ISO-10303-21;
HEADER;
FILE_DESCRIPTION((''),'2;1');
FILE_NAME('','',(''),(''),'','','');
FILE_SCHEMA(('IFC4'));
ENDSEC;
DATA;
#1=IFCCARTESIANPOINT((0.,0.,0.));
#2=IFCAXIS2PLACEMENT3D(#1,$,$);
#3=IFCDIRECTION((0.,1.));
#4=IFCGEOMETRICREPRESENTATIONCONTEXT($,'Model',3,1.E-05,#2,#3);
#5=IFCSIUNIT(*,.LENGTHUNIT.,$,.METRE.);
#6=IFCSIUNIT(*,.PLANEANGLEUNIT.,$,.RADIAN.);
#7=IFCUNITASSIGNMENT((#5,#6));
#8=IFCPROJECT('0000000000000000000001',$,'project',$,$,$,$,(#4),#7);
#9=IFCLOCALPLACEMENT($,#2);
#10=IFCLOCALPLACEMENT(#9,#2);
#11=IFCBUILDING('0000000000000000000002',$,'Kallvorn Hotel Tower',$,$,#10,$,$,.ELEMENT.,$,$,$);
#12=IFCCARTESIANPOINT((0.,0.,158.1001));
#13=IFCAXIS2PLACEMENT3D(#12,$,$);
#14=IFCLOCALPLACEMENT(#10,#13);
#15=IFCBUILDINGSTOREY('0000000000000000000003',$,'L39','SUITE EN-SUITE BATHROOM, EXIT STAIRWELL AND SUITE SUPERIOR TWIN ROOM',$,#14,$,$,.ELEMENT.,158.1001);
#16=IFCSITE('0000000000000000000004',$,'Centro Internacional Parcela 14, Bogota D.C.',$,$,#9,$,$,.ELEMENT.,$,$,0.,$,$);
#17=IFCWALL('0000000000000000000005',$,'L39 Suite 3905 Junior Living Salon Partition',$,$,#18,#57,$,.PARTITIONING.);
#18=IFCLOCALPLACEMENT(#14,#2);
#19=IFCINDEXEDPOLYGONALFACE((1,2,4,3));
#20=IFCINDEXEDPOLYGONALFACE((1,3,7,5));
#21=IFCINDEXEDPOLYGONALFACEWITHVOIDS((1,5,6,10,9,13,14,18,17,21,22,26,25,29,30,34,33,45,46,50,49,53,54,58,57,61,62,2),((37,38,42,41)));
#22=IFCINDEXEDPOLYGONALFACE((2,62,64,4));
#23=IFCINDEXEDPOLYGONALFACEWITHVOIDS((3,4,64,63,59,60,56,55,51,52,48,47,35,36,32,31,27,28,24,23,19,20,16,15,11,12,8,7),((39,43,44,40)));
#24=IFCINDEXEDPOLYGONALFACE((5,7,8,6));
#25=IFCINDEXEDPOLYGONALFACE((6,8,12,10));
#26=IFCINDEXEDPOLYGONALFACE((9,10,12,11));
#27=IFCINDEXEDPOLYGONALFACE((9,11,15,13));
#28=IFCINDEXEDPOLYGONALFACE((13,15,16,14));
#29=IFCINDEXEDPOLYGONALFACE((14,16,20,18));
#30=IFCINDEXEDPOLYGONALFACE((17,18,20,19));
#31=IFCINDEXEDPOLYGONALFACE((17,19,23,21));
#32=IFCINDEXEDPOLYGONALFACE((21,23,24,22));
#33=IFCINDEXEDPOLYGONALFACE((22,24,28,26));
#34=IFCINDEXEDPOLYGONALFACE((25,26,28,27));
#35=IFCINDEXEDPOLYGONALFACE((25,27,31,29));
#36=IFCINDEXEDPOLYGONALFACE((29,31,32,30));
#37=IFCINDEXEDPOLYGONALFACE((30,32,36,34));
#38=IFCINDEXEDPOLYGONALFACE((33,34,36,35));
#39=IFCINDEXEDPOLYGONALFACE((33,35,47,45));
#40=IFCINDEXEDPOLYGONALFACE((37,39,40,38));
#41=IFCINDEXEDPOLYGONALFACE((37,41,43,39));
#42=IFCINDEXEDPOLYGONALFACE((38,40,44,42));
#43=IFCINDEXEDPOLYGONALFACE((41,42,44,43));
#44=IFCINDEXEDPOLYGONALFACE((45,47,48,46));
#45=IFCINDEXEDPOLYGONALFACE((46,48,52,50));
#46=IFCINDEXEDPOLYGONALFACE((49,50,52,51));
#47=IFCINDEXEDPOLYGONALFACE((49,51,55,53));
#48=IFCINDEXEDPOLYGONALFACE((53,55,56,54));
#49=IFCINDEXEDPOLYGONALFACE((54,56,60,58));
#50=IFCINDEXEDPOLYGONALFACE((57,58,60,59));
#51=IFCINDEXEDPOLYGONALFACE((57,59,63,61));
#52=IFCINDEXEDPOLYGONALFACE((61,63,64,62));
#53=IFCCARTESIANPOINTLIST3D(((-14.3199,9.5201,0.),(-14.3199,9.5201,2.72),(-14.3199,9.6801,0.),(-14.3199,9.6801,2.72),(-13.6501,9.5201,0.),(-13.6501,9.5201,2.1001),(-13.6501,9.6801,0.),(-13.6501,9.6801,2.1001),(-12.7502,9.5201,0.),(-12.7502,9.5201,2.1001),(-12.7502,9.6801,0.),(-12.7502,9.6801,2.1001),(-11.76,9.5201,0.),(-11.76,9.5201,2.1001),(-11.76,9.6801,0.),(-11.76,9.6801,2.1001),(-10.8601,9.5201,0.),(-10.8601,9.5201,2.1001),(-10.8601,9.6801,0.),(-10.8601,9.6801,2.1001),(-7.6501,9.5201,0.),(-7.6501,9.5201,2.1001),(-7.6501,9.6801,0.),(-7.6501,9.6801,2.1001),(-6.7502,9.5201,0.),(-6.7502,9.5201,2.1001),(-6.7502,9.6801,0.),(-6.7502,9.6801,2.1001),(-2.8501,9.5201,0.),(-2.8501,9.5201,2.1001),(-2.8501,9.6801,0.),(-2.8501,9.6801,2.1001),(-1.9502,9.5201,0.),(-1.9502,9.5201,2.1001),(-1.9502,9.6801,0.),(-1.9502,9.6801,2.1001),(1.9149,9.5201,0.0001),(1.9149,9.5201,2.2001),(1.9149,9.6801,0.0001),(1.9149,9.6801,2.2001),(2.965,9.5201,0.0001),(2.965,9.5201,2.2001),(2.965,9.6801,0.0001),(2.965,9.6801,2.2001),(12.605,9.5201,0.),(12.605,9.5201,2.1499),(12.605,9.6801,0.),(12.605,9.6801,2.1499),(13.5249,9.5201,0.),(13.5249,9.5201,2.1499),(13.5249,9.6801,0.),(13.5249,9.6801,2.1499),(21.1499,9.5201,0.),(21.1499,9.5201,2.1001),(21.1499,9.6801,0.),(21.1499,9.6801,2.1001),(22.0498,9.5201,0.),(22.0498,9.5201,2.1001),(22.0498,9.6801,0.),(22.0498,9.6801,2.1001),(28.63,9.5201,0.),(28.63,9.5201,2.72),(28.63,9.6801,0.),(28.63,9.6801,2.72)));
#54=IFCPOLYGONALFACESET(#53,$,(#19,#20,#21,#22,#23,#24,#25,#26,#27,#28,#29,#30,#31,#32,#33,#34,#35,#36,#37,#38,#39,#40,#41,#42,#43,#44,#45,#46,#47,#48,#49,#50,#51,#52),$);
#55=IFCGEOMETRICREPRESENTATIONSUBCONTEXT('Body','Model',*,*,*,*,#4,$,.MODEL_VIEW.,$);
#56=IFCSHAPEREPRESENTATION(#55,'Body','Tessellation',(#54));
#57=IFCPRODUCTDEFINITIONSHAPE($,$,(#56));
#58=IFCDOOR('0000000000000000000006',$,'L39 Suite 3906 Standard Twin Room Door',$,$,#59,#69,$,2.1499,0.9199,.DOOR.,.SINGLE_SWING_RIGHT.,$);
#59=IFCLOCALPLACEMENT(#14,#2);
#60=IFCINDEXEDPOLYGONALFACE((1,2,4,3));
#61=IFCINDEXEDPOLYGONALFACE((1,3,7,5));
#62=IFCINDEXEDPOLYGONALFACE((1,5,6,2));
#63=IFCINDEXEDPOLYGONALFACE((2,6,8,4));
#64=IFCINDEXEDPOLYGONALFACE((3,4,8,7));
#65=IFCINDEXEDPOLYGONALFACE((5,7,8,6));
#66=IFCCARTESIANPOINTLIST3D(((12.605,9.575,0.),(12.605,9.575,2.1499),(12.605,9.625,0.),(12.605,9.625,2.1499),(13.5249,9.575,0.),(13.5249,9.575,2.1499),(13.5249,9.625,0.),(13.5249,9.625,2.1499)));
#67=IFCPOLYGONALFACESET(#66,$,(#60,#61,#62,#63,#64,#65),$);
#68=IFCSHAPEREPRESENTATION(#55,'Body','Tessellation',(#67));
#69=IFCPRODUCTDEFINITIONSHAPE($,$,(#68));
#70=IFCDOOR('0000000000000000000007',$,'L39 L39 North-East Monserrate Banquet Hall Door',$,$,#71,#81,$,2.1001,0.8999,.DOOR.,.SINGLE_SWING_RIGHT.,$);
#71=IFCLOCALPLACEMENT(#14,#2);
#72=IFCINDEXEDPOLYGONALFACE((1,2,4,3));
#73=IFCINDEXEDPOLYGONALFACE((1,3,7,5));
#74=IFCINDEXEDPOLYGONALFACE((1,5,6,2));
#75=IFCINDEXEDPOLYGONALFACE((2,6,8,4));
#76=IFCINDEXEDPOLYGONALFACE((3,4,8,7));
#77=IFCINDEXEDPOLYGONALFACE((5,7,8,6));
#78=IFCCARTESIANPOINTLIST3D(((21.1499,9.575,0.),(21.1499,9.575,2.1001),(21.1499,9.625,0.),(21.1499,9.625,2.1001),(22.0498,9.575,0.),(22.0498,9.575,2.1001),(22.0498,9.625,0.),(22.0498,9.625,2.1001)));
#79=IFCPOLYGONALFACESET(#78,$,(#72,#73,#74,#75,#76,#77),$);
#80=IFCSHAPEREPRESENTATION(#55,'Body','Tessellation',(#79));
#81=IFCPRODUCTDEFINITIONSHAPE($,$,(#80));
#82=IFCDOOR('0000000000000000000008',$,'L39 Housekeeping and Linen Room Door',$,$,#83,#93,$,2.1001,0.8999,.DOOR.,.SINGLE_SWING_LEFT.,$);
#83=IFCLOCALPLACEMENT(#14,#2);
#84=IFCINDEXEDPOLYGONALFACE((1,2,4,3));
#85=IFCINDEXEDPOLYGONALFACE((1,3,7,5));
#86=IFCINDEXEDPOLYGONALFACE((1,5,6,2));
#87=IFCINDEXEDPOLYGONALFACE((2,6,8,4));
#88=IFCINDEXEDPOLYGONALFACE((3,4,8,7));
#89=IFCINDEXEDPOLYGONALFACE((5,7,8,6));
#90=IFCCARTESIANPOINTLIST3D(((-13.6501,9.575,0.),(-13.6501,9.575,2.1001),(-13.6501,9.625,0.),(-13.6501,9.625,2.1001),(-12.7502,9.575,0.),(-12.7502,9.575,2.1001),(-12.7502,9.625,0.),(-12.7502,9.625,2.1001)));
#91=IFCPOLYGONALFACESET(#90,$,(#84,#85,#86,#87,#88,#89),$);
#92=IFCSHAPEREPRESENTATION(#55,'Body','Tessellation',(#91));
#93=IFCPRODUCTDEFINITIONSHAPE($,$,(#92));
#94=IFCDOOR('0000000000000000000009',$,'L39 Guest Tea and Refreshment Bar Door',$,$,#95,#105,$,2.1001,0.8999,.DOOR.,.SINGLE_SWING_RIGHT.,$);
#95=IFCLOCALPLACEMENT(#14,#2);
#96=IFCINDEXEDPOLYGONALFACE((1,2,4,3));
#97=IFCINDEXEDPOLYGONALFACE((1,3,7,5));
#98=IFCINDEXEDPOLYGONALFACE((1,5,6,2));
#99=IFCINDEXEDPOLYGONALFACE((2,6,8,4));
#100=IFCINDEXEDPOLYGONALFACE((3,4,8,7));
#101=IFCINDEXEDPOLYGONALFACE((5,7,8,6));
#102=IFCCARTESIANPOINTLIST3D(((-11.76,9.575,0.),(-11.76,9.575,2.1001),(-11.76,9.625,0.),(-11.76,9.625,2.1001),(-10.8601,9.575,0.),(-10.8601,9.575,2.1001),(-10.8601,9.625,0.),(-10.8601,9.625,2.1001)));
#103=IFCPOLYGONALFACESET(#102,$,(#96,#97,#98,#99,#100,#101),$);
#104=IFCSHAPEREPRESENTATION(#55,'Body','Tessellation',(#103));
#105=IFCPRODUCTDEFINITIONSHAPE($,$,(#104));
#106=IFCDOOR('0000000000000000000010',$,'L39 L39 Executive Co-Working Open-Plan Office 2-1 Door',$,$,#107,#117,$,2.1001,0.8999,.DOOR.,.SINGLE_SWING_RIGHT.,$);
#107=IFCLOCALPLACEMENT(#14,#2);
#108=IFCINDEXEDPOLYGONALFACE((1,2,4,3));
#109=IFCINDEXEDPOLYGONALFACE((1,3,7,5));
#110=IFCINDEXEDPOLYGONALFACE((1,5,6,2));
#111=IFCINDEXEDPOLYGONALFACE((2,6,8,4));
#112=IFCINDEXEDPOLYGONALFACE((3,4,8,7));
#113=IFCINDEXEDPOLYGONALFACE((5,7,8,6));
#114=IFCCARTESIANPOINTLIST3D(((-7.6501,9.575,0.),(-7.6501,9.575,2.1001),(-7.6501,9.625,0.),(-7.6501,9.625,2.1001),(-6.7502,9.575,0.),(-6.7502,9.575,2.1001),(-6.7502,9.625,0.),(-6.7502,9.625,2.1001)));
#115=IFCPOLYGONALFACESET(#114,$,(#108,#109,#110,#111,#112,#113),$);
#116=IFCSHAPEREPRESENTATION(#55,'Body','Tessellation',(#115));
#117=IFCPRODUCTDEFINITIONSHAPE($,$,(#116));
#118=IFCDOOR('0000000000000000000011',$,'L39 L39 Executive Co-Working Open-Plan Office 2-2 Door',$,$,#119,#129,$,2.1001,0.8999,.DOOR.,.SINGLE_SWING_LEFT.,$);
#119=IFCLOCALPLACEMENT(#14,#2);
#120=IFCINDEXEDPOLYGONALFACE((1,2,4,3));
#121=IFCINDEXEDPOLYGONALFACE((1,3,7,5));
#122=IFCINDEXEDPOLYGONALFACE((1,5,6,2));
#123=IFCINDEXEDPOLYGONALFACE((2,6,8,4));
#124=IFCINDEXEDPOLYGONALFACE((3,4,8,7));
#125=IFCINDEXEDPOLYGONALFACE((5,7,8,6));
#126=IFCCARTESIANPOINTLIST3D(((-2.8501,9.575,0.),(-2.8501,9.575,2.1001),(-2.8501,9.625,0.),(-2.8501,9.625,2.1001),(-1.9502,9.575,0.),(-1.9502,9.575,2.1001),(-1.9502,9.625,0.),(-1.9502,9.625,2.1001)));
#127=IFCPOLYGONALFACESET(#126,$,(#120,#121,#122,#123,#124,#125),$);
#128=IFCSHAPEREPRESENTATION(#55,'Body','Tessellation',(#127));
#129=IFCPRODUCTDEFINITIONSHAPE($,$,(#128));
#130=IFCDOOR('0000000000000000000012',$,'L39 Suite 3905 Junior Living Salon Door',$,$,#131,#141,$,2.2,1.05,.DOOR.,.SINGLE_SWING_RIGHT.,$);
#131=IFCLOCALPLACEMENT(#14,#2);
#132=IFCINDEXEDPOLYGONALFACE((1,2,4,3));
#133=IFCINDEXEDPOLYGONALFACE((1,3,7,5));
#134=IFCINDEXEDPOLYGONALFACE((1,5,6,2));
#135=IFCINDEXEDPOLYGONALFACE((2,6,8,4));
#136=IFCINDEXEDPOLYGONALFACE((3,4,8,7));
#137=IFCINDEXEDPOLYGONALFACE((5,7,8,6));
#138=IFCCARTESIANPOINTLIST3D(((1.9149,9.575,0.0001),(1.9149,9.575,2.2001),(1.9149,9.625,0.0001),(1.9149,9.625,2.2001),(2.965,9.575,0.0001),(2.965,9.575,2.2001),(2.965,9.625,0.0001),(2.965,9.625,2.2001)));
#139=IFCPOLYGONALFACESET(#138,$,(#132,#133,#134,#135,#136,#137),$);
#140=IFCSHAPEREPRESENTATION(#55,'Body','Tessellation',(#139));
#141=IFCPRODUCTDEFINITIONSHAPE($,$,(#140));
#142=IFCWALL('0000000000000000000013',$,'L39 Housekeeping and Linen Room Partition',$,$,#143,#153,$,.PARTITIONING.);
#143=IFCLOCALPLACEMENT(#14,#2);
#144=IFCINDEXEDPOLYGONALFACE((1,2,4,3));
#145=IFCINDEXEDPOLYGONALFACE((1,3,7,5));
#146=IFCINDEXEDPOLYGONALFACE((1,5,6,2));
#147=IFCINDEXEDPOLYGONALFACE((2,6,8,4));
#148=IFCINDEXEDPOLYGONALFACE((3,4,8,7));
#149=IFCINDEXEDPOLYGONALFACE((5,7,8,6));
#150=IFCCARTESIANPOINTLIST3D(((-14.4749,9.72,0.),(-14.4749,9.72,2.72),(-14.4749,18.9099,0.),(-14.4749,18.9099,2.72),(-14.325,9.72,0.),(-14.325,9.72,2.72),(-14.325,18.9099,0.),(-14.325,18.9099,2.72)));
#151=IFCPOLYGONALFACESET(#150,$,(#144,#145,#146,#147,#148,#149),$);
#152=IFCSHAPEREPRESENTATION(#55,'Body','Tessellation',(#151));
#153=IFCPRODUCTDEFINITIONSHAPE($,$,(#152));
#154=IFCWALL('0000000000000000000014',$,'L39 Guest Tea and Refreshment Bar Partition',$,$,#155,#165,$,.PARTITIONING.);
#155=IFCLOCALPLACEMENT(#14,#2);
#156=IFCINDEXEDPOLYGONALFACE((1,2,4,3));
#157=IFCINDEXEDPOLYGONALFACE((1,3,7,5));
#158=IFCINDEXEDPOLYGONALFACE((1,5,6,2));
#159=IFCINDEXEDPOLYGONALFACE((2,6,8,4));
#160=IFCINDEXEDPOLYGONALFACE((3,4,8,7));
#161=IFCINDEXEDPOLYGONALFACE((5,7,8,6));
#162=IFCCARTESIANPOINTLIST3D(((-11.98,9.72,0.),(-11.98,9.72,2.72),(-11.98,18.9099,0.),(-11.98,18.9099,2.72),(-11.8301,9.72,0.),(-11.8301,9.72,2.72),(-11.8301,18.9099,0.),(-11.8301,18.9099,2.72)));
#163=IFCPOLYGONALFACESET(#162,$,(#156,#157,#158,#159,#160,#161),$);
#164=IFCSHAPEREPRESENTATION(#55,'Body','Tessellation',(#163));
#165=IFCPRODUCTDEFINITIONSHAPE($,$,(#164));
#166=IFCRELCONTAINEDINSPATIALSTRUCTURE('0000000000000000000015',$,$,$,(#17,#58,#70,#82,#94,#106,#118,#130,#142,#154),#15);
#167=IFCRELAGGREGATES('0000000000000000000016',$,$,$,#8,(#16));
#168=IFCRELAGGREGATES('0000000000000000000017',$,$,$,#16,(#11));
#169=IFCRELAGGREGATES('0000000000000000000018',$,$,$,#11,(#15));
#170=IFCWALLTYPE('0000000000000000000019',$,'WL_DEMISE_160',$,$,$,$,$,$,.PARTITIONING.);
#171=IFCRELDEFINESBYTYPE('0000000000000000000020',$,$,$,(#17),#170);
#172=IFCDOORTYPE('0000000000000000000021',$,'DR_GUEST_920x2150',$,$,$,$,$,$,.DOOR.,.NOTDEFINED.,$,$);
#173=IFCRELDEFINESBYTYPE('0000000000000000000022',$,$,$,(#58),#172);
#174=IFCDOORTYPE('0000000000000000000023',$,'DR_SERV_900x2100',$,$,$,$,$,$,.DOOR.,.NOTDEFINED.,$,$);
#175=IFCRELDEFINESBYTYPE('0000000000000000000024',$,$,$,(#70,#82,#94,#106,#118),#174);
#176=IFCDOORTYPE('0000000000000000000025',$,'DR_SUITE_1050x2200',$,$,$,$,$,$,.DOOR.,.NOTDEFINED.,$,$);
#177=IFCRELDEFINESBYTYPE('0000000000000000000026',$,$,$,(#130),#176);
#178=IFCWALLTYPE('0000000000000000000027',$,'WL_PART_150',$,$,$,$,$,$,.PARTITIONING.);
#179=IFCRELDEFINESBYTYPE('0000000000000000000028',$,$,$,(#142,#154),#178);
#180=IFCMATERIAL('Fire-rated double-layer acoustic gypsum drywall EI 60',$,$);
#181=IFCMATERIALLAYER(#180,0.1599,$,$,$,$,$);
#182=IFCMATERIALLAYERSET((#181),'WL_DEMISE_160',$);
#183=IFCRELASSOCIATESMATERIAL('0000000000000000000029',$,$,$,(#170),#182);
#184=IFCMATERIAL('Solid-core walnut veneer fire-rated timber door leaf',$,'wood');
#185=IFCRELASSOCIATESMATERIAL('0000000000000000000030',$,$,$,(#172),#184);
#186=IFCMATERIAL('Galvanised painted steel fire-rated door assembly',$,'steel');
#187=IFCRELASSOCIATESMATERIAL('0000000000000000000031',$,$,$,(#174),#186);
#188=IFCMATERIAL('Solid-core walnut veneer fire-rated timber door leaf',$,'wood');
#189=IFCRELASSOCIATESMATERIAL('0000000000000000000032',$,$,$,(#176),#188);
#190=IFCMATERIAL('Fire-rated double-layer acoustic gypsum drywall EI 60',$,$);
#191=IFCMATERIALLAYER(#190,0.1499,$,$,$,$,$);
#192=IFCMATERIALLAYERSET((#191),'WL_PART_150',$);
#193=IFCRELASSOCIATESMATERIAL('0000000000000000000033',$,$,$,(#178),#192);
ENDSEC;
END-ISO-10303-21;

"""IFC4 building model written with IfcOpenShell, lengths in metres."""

from ifc_helpers import new_model, si_unit, direction, frame, frame_2d, origin, place, context, subcontext, project, spatial, rectangle, extrude, material, layer, layer_set, type_object, element, fill, save


model = new_model("IFC4")

# Units and contexts
model_context = context("Model", 3, precision=1e-05, world=origin(), true_north=direction((0.0, 1.0)))
body_context = subcontext(model_context, "Body", "Model", "MODEL_VIEW")
ifc_project = project(units=[si_unit("LENGTHUNIT", "METRE"), si_unit("PLANEANGLEUNIT", "RADIAN")], contexts=[model_context])

# Site, building, storey
site_placement = place(None, origin())
site = spatial("IfcSite", under=ifc_project, at=site_placement, Name="Centro Internacional Parcela 14, Bogota D.C.", CompositionType="ELEMENT", RefElevation=0.0)
building_placement = place(site_placement, origin())
building = spatial("IfcBuilding", under=site, at=building_placement, Name="Kallvorn Hotel Tower", CompositionType="ELEMENT")
storey_placement = place(building_placement, frame((0.0, 0.0, 158.1001)))
storey = spatial("IfcBuildingStorey", under=building, at=storey_placement, Name="L39", Description="SUITE EN-SUITE BATHROOM, EXIT STAIRWELL AND SUITE SUPERIOR TWIN ROOM", CompositionType="ELEMENT", Elevation=158.1001)

# Wall, openings, doors
ifc_material_1 = material(Name="Fire-rated double-layer acoustic gypsum drywall EI 60")
ifc_layer_1 = layer(ifc_material_1, 0.1599)
ifc_layer_set_1 = layer_set([ifc_layer_1], Name="WL_DEMISE_160")
wall_type_1 = type_object("IfcWallType", Name="WL_DEMISE_160", PredefinedType="PARTITIONING", material=ifc_layer_set_1)
wall_placement = place(storey_placement, frame((-14.3201, 9.6001, 0.0), z_axis=(0.0, 0.0, 1.0), x_axis=(1.0, 0.0, 0.0)))
wall = element("IfcWall", 1, at=wall_placement, inside=storey, type_object=wall_type_1, Name="L39 Suite 3905 Junior Living Salon Partition", PredefinedType="PARTITIONING", context=body_context, shape_type="SweptSolid", body=[
    extrude(rectangle(XDim=42.95, YDim=0.1599, at=frame_2d((21.4751, 0.0))), origin(), (0.0, 0.0, 1.0), 2.72),
])
opening_1_placement = place(wall_placement, frame((35.47, 0.0, 0.0)))
opening_1 = element("IfcOpeningElement", 2, at=opening_1_placement, cuts=wall, PredefinedType="OPENING", context=body_context, shape_type="SweptSolid", body=[
    extrude(rectangle(XDim=0.8999, YDim=2.1001, at=frame_2d((0.45, 1.05))), frame((0.0, 0.095, 0.0), z_axis=(0.0, -1.0, 0.0), x_axis=(1.0, 0.0, 0.0)), (0.0, 0.0, 1.0), 0.1899),
])
opening_2_placement = place(wall_placement, frame((0.6699, 0.0, 0.0)))
opening_2 = element("IfcOpeningElement", 3, at=opening_2_placement, cuts=wall, PredefinedType="OPENING", context=body_context, shape_type="SweptSolid", body=[
    extrude(rectangle(XDim=0.8999, YDim=2.1001, at=frame_2d((0.45, 1.05))), frame((0.0, 0.095, 0.0), z_axis=(0.0, -1.0, 0.0), x_axis=(1.0, 0.0, 0.0)), (0.0, 0.0, 1.0), 0.1899),
])
opening_3_placement = place(wall_placement, frame((2.5601, 0.0, 0.0)))
opening_3 = element("IfcOpeningElement", 4, at=opening_3_placement, cuts=wall, PredefinedType="OPENING", context=body_context, shape_type="SweptSolid", body=[
    extrude(rectangle(XDim=0.8999, YDim=2.1001, at=frame_2d((0.45, 1.05))), frame((0.0, 0.095, 0.0), z_axis=(0.0, -1.0, 0.0), x_axis=(1.0, 0.0, 0.0)), (0.0, 0.0, 1.0), 0.1899),
])
opening_4_placement = place(wall_placement, frame((6.6699, 0.0, 0.0)))
opening_4 = element("IfcOpeningElement", 5, at=opening_4_placement, cuts=wall, PredefinedType="OPENING", context=body_context, shape_type="SweptSolid", body=[
    extrude(rectangle(XDim=0.8999, YDim=2.1001, at=frame_2d((0.45, 1.05))), frame((0.0, 0.095, 0.0), z_axis=(0.0, -1.0, 0.0), x_axis=(1.0, 0.0, 0.0)), (0.0, 0.0, 1.0), 0.1899),
])
opening_5_placement = place(wall_placement, frame((11.47, 0.0, 0.0)))
opening_5 = element("IfcOpeningElement", 6, at=opening_5_placement, cuts=wall, PredefinedType="OPENING", context=body_context, shape_type="SweptSolid", body=[
    extrude(rectangle(XDim=0.8999, YDim=2.1001, at=frame_2d((0.45, 1.05))), frame((0.0, 0.095, 0.0), z_axis=(0.0, -1.0, 0.0), x_axis=(1.0, 0.0, 0.0)), (0.0, 0.0, 1.0), 0.1899),
])
opening_6_placement = place(wall_placement, frame((16.2351, 0.0, 0.0)))
opening_6 = element("IfcOpeningElement", 7, at=opening_6_placement, cuts=wall, PredefinedType="OPENING", context=body_context, shape_type="SweptSolid", body=[
    extrude(rectangle(XDim=1.05, YDim=2.2, at=frame_2d((0.5249, 1.1001))), frame((0.0, 0.095, 0.0), z_axis=(0.0, -1.0, 0.0), x_axis=(1.0, 0.0, 0.0)), (0.0, 0.0, 1.0), 0.1899),
])
opening_7_placement = place(wall_placement, frame((26.925, 0.0, 0.0)))
opening_7 = element("IfcOpeningElement", 8, at=opening_7_placement, cuts=wall, PredefinedType="OPENING", context=body_context, shape_type="SweptSolid", body=[
    extrude(rectangle(XDim=0.9199, YDim=2.1499, at=frame_2d((0.46, 1.075))), frame((0.0, 0.095, 0.0), z_axis=(0.0, -1.0, 0.0), x_axis=(1.0, 0.0, 0.0)), (0.0, 0.0, 1.0), 0.1899),
])
ifc_material_2 = material(Name="Solid-core walnut veneer fire-rated timber door leaf", Category="wood")
door_type_1 = type_object("IfcDoorType", Name="DR_GUEST_920x2150", OperationType="NOTDEFINED", PredefinedType="DOOR", material=ifc_material_2)
door_1_placement = place(opening_7_placement, origin())
door_1 = element("IfcDoor", 9, at=door_1_placement, inside=storey, type_object=door_type_1, Name="L39 Suite 3906 Standard Twin Room Door", OperationType="SINGLE_SWING_RIGHT", OverallHeight=2.1499, OverallWidth=0.9199, PredefinedType="DOOR", context=body_context, shape_type="SweptSolid", body=[
    extrude(rectangle(XDim=0.9199, YDim=2.1499, at=frame_2d((0.46, 1.075))), frame((0.0, 0.0249, 0.0), z_axis=(0.0, -1.0, 0.0), x_axis=(1.0, 0.0, 0.0)), (0.0, 0.0, 1.0), 0.05),
])
fill(opening_7, door_1)
ifc_material_3 = material(Name="Galvanised painted steel fire-rated door assembly", Category="steel")
door_type_2 = type_object("IfcDoorType", Name="DR_SERV_900x2100", OperationType="NOTDEFINED", PredefinedType="DOOR", material=ifc_material_3)
door_2_placement = place(opening_1_placement, origin())
door_2 = element("IfcDoor", 10, at=door_2_placement, inside=storey, type_object=door_type_2, Name="L39 L39 North-East Monserrate Banquet Hall Door", OperationType="SINGLE_SWING_RIGHT", OverallHeight=2.1001, OverallWidth=0.8999, PredefinedType="DOOR", context=body_context, shape_type="SweptSolid", body=[
    extrude(rectangle(XDim=0.8999, YDim=2.1001, at=frame_2d((0.45, 1.05))), frame((0.0, 0.0249, 0.0), z_axis=(0.0, -1.0, 0.0), x_axis=(1.0, 0.0, 0.0)), (0.0, 0.0, 1.0), 0.05),
])
fill(opening_1, door_2)
door_3_placement = place(opening_2_placement, origin())
door_3 = element("IfcDoor", 11, at=door_3_placement, inside=storey, type_object=door_type_2, Name="L39 Housekeeping and Linen Room Door", OperationType="SINGLE_SWING_LEFT", OverallHeight=2.1001, OverallWidth=0.8999, PredefinedType="DOOR", context=body_context, shape_type="SweptSolid", body=[
    extrude(rectangle(XDim=0.8999, YDim=2.1001, at=frame_2d((0.45, 1.05))), frame((0.0, 0.0249, 0.0), z_axis=(0.0, -1.0, 0.0), x_axis=(1.0, 0.0, 0.0)), (0.0, 0.0, 1.0), 0.05),
])
fill(opening_2, door_3)
door_4_placement = place(opening_3_placement, origin())
door_4 = element("IfcDoor", 12, at=door_4_placement, inside=storey, type_object=door_type_2, Name="L39 Guest Tea and Refreshment Bar Door", OperationType="SINGLE_SWING_RIGHT", OverallHeight=2.1001, OverallWidth=0.8999, PredefinedType="DOOR", context=body_context, shape_type="SweptSolid", body=[
    extrude(rectangle(XDim=0.8999, YDim=2.1001, at=frame_2d((0.45, 1.05))), frame((0.0, 0.0249, 0.0), z_axis=(0.0, -1.0, 0.0), x_axis=(1.0, 0.0, 0.0)), (0.0, 0.0, 1.0), 0.05),
])
fill(opening_3, door_4)
door_5_placement = place(opening_4_placement, origin())
door_5 = element("IfcDoor", 13, at=door_5_placement, inside=storey, type_object=door_type_2, Name="L39 L39 Executive Co-Working Open-Plan Office 2-1 Door", OperationType="SINGLE_SWING_RIGHT", OverallHeight=2.1001, OverallWidth=0.8999, PredefinedType="DOOR", context=body_context, shape_type="SweptSolid", body=[
    extrude(rectangle(XDim=0.8999, YDim=2.1001, at=frame_2d((0.45, 1.05))), frame((0.0, 0.0249, 0.0), z_axis=(0.0, -1.0, 0.0), x_axis=(1.0, 0.0, 0.0)), (0.0, 0.0, 1.0), 0.05),
])
fill(opening_4, door_5)
door_6_placement = place(opening_5_placement, origin())
door_6 = element("IfcDoor", 14, at=door_6_placement, inside=storey, type_object=door_type_2, Name="L39 L39 Executive Co-Working Open-Plan Office 2-2 Door", OperationType="SINGLE_SWING_LEFT", OverallHeight=2.1001, OverallWidth=0.8999, PredefinedType="DOOR", context=body_context, shape_type="SweptSolid", body=[
    extrude(rectangle(XDim=0.8999, YDim=2.1001, at=frame_2d((0.45, 1.05))), frame((0.0, 0.0249, 0.0), z_axis=(0.0, -1.0, 0.0), x_axis=(1.0, 0.0, 0.0)), (0.0, 0.0, 1.0), 0.05),
])
fill(opening_5, door_6)
ifc_material_4 = material(Name="Solid-core walnut veneer fire-rated timber door leaf", Category="wood")
door_type_3 = type_object("IfcDoorType", Name="DR_SUITE_1050x2200", OperationType="NOTDEFINED", PredefinedType="DOOR", material=ifc_material_4)
door_7_placement = place(opening_6_placement, origin())
door_7 = element("IfcDoor", 15, at=door_7_placement, inside=storey, type_object=door_type_3, Name="L39 Suite 3905 Junior Living Salon Door", OperationType="SINGLE_SWING_RIGHT", OverallHeight=2.2, OverallWidth=1.05, PredefinedType="DOOR", context=body_context, shape_type="SweptSolid", body=[
    extrude(rectangle(XDim=1.05, YDim=2.2, at=frame_2d((0.5249, 1.1001))), frame((0.0, 0.0249, 0.0), z_axis=(0.0, -1.0, 0.0), x_axis=(1.0, 0.0, 0.0)), (0.0, 0.0, 1.0), 0.05),
])
fill(opening_6, door_7)

# Walls
ifc_material_5 = material(Name="Fire-rated double-layer acoustic gypsum drywall EI 60")
ifc_layer_2 = layer(ifc_material_5, 0.1499)
ifc_layer_set_2 = layer_set([ifc_layer_2], Name="WL_PART_150")
wall_type_2 = type_object("IfcWallType", Name="WL_PART_150", PredefinedType="PARTITIONING", material=ifc_layer_set_2)
for number, where, z_axis, x_axis, name in (
    (16, (-14.3999, 9.72, 0.0), (0.0, 0.0, 1.0), (0.0, 1.0, 0.0), "L39 Housekeeping and Linen Room Partition"),
    (17, (-11.905, 9.72, 0.0), (0.0, 0.0, 1.0), (0.0, 1.0, 0.0), "L39 Guest Tea and Refreshment Bar Partition"),
):
    element("IfcWall", number, at=place(storey_placement, frame(where, z_axis=z_axis, x_axis=x_axis)), inside=storey, type_object=wall_type_2, Name=name, PredefinedType="PARTITIONING", context=body_context, shape_type="SweptSolid", body=[
        extrude(rectangle(XDim=9.1899, YDim=0.1499, at=frame_2d((4.595, 0.0))), origin(), (0.0, 0.0, 1.0), 2.72),
    ])

save(model, "model.ifc")
